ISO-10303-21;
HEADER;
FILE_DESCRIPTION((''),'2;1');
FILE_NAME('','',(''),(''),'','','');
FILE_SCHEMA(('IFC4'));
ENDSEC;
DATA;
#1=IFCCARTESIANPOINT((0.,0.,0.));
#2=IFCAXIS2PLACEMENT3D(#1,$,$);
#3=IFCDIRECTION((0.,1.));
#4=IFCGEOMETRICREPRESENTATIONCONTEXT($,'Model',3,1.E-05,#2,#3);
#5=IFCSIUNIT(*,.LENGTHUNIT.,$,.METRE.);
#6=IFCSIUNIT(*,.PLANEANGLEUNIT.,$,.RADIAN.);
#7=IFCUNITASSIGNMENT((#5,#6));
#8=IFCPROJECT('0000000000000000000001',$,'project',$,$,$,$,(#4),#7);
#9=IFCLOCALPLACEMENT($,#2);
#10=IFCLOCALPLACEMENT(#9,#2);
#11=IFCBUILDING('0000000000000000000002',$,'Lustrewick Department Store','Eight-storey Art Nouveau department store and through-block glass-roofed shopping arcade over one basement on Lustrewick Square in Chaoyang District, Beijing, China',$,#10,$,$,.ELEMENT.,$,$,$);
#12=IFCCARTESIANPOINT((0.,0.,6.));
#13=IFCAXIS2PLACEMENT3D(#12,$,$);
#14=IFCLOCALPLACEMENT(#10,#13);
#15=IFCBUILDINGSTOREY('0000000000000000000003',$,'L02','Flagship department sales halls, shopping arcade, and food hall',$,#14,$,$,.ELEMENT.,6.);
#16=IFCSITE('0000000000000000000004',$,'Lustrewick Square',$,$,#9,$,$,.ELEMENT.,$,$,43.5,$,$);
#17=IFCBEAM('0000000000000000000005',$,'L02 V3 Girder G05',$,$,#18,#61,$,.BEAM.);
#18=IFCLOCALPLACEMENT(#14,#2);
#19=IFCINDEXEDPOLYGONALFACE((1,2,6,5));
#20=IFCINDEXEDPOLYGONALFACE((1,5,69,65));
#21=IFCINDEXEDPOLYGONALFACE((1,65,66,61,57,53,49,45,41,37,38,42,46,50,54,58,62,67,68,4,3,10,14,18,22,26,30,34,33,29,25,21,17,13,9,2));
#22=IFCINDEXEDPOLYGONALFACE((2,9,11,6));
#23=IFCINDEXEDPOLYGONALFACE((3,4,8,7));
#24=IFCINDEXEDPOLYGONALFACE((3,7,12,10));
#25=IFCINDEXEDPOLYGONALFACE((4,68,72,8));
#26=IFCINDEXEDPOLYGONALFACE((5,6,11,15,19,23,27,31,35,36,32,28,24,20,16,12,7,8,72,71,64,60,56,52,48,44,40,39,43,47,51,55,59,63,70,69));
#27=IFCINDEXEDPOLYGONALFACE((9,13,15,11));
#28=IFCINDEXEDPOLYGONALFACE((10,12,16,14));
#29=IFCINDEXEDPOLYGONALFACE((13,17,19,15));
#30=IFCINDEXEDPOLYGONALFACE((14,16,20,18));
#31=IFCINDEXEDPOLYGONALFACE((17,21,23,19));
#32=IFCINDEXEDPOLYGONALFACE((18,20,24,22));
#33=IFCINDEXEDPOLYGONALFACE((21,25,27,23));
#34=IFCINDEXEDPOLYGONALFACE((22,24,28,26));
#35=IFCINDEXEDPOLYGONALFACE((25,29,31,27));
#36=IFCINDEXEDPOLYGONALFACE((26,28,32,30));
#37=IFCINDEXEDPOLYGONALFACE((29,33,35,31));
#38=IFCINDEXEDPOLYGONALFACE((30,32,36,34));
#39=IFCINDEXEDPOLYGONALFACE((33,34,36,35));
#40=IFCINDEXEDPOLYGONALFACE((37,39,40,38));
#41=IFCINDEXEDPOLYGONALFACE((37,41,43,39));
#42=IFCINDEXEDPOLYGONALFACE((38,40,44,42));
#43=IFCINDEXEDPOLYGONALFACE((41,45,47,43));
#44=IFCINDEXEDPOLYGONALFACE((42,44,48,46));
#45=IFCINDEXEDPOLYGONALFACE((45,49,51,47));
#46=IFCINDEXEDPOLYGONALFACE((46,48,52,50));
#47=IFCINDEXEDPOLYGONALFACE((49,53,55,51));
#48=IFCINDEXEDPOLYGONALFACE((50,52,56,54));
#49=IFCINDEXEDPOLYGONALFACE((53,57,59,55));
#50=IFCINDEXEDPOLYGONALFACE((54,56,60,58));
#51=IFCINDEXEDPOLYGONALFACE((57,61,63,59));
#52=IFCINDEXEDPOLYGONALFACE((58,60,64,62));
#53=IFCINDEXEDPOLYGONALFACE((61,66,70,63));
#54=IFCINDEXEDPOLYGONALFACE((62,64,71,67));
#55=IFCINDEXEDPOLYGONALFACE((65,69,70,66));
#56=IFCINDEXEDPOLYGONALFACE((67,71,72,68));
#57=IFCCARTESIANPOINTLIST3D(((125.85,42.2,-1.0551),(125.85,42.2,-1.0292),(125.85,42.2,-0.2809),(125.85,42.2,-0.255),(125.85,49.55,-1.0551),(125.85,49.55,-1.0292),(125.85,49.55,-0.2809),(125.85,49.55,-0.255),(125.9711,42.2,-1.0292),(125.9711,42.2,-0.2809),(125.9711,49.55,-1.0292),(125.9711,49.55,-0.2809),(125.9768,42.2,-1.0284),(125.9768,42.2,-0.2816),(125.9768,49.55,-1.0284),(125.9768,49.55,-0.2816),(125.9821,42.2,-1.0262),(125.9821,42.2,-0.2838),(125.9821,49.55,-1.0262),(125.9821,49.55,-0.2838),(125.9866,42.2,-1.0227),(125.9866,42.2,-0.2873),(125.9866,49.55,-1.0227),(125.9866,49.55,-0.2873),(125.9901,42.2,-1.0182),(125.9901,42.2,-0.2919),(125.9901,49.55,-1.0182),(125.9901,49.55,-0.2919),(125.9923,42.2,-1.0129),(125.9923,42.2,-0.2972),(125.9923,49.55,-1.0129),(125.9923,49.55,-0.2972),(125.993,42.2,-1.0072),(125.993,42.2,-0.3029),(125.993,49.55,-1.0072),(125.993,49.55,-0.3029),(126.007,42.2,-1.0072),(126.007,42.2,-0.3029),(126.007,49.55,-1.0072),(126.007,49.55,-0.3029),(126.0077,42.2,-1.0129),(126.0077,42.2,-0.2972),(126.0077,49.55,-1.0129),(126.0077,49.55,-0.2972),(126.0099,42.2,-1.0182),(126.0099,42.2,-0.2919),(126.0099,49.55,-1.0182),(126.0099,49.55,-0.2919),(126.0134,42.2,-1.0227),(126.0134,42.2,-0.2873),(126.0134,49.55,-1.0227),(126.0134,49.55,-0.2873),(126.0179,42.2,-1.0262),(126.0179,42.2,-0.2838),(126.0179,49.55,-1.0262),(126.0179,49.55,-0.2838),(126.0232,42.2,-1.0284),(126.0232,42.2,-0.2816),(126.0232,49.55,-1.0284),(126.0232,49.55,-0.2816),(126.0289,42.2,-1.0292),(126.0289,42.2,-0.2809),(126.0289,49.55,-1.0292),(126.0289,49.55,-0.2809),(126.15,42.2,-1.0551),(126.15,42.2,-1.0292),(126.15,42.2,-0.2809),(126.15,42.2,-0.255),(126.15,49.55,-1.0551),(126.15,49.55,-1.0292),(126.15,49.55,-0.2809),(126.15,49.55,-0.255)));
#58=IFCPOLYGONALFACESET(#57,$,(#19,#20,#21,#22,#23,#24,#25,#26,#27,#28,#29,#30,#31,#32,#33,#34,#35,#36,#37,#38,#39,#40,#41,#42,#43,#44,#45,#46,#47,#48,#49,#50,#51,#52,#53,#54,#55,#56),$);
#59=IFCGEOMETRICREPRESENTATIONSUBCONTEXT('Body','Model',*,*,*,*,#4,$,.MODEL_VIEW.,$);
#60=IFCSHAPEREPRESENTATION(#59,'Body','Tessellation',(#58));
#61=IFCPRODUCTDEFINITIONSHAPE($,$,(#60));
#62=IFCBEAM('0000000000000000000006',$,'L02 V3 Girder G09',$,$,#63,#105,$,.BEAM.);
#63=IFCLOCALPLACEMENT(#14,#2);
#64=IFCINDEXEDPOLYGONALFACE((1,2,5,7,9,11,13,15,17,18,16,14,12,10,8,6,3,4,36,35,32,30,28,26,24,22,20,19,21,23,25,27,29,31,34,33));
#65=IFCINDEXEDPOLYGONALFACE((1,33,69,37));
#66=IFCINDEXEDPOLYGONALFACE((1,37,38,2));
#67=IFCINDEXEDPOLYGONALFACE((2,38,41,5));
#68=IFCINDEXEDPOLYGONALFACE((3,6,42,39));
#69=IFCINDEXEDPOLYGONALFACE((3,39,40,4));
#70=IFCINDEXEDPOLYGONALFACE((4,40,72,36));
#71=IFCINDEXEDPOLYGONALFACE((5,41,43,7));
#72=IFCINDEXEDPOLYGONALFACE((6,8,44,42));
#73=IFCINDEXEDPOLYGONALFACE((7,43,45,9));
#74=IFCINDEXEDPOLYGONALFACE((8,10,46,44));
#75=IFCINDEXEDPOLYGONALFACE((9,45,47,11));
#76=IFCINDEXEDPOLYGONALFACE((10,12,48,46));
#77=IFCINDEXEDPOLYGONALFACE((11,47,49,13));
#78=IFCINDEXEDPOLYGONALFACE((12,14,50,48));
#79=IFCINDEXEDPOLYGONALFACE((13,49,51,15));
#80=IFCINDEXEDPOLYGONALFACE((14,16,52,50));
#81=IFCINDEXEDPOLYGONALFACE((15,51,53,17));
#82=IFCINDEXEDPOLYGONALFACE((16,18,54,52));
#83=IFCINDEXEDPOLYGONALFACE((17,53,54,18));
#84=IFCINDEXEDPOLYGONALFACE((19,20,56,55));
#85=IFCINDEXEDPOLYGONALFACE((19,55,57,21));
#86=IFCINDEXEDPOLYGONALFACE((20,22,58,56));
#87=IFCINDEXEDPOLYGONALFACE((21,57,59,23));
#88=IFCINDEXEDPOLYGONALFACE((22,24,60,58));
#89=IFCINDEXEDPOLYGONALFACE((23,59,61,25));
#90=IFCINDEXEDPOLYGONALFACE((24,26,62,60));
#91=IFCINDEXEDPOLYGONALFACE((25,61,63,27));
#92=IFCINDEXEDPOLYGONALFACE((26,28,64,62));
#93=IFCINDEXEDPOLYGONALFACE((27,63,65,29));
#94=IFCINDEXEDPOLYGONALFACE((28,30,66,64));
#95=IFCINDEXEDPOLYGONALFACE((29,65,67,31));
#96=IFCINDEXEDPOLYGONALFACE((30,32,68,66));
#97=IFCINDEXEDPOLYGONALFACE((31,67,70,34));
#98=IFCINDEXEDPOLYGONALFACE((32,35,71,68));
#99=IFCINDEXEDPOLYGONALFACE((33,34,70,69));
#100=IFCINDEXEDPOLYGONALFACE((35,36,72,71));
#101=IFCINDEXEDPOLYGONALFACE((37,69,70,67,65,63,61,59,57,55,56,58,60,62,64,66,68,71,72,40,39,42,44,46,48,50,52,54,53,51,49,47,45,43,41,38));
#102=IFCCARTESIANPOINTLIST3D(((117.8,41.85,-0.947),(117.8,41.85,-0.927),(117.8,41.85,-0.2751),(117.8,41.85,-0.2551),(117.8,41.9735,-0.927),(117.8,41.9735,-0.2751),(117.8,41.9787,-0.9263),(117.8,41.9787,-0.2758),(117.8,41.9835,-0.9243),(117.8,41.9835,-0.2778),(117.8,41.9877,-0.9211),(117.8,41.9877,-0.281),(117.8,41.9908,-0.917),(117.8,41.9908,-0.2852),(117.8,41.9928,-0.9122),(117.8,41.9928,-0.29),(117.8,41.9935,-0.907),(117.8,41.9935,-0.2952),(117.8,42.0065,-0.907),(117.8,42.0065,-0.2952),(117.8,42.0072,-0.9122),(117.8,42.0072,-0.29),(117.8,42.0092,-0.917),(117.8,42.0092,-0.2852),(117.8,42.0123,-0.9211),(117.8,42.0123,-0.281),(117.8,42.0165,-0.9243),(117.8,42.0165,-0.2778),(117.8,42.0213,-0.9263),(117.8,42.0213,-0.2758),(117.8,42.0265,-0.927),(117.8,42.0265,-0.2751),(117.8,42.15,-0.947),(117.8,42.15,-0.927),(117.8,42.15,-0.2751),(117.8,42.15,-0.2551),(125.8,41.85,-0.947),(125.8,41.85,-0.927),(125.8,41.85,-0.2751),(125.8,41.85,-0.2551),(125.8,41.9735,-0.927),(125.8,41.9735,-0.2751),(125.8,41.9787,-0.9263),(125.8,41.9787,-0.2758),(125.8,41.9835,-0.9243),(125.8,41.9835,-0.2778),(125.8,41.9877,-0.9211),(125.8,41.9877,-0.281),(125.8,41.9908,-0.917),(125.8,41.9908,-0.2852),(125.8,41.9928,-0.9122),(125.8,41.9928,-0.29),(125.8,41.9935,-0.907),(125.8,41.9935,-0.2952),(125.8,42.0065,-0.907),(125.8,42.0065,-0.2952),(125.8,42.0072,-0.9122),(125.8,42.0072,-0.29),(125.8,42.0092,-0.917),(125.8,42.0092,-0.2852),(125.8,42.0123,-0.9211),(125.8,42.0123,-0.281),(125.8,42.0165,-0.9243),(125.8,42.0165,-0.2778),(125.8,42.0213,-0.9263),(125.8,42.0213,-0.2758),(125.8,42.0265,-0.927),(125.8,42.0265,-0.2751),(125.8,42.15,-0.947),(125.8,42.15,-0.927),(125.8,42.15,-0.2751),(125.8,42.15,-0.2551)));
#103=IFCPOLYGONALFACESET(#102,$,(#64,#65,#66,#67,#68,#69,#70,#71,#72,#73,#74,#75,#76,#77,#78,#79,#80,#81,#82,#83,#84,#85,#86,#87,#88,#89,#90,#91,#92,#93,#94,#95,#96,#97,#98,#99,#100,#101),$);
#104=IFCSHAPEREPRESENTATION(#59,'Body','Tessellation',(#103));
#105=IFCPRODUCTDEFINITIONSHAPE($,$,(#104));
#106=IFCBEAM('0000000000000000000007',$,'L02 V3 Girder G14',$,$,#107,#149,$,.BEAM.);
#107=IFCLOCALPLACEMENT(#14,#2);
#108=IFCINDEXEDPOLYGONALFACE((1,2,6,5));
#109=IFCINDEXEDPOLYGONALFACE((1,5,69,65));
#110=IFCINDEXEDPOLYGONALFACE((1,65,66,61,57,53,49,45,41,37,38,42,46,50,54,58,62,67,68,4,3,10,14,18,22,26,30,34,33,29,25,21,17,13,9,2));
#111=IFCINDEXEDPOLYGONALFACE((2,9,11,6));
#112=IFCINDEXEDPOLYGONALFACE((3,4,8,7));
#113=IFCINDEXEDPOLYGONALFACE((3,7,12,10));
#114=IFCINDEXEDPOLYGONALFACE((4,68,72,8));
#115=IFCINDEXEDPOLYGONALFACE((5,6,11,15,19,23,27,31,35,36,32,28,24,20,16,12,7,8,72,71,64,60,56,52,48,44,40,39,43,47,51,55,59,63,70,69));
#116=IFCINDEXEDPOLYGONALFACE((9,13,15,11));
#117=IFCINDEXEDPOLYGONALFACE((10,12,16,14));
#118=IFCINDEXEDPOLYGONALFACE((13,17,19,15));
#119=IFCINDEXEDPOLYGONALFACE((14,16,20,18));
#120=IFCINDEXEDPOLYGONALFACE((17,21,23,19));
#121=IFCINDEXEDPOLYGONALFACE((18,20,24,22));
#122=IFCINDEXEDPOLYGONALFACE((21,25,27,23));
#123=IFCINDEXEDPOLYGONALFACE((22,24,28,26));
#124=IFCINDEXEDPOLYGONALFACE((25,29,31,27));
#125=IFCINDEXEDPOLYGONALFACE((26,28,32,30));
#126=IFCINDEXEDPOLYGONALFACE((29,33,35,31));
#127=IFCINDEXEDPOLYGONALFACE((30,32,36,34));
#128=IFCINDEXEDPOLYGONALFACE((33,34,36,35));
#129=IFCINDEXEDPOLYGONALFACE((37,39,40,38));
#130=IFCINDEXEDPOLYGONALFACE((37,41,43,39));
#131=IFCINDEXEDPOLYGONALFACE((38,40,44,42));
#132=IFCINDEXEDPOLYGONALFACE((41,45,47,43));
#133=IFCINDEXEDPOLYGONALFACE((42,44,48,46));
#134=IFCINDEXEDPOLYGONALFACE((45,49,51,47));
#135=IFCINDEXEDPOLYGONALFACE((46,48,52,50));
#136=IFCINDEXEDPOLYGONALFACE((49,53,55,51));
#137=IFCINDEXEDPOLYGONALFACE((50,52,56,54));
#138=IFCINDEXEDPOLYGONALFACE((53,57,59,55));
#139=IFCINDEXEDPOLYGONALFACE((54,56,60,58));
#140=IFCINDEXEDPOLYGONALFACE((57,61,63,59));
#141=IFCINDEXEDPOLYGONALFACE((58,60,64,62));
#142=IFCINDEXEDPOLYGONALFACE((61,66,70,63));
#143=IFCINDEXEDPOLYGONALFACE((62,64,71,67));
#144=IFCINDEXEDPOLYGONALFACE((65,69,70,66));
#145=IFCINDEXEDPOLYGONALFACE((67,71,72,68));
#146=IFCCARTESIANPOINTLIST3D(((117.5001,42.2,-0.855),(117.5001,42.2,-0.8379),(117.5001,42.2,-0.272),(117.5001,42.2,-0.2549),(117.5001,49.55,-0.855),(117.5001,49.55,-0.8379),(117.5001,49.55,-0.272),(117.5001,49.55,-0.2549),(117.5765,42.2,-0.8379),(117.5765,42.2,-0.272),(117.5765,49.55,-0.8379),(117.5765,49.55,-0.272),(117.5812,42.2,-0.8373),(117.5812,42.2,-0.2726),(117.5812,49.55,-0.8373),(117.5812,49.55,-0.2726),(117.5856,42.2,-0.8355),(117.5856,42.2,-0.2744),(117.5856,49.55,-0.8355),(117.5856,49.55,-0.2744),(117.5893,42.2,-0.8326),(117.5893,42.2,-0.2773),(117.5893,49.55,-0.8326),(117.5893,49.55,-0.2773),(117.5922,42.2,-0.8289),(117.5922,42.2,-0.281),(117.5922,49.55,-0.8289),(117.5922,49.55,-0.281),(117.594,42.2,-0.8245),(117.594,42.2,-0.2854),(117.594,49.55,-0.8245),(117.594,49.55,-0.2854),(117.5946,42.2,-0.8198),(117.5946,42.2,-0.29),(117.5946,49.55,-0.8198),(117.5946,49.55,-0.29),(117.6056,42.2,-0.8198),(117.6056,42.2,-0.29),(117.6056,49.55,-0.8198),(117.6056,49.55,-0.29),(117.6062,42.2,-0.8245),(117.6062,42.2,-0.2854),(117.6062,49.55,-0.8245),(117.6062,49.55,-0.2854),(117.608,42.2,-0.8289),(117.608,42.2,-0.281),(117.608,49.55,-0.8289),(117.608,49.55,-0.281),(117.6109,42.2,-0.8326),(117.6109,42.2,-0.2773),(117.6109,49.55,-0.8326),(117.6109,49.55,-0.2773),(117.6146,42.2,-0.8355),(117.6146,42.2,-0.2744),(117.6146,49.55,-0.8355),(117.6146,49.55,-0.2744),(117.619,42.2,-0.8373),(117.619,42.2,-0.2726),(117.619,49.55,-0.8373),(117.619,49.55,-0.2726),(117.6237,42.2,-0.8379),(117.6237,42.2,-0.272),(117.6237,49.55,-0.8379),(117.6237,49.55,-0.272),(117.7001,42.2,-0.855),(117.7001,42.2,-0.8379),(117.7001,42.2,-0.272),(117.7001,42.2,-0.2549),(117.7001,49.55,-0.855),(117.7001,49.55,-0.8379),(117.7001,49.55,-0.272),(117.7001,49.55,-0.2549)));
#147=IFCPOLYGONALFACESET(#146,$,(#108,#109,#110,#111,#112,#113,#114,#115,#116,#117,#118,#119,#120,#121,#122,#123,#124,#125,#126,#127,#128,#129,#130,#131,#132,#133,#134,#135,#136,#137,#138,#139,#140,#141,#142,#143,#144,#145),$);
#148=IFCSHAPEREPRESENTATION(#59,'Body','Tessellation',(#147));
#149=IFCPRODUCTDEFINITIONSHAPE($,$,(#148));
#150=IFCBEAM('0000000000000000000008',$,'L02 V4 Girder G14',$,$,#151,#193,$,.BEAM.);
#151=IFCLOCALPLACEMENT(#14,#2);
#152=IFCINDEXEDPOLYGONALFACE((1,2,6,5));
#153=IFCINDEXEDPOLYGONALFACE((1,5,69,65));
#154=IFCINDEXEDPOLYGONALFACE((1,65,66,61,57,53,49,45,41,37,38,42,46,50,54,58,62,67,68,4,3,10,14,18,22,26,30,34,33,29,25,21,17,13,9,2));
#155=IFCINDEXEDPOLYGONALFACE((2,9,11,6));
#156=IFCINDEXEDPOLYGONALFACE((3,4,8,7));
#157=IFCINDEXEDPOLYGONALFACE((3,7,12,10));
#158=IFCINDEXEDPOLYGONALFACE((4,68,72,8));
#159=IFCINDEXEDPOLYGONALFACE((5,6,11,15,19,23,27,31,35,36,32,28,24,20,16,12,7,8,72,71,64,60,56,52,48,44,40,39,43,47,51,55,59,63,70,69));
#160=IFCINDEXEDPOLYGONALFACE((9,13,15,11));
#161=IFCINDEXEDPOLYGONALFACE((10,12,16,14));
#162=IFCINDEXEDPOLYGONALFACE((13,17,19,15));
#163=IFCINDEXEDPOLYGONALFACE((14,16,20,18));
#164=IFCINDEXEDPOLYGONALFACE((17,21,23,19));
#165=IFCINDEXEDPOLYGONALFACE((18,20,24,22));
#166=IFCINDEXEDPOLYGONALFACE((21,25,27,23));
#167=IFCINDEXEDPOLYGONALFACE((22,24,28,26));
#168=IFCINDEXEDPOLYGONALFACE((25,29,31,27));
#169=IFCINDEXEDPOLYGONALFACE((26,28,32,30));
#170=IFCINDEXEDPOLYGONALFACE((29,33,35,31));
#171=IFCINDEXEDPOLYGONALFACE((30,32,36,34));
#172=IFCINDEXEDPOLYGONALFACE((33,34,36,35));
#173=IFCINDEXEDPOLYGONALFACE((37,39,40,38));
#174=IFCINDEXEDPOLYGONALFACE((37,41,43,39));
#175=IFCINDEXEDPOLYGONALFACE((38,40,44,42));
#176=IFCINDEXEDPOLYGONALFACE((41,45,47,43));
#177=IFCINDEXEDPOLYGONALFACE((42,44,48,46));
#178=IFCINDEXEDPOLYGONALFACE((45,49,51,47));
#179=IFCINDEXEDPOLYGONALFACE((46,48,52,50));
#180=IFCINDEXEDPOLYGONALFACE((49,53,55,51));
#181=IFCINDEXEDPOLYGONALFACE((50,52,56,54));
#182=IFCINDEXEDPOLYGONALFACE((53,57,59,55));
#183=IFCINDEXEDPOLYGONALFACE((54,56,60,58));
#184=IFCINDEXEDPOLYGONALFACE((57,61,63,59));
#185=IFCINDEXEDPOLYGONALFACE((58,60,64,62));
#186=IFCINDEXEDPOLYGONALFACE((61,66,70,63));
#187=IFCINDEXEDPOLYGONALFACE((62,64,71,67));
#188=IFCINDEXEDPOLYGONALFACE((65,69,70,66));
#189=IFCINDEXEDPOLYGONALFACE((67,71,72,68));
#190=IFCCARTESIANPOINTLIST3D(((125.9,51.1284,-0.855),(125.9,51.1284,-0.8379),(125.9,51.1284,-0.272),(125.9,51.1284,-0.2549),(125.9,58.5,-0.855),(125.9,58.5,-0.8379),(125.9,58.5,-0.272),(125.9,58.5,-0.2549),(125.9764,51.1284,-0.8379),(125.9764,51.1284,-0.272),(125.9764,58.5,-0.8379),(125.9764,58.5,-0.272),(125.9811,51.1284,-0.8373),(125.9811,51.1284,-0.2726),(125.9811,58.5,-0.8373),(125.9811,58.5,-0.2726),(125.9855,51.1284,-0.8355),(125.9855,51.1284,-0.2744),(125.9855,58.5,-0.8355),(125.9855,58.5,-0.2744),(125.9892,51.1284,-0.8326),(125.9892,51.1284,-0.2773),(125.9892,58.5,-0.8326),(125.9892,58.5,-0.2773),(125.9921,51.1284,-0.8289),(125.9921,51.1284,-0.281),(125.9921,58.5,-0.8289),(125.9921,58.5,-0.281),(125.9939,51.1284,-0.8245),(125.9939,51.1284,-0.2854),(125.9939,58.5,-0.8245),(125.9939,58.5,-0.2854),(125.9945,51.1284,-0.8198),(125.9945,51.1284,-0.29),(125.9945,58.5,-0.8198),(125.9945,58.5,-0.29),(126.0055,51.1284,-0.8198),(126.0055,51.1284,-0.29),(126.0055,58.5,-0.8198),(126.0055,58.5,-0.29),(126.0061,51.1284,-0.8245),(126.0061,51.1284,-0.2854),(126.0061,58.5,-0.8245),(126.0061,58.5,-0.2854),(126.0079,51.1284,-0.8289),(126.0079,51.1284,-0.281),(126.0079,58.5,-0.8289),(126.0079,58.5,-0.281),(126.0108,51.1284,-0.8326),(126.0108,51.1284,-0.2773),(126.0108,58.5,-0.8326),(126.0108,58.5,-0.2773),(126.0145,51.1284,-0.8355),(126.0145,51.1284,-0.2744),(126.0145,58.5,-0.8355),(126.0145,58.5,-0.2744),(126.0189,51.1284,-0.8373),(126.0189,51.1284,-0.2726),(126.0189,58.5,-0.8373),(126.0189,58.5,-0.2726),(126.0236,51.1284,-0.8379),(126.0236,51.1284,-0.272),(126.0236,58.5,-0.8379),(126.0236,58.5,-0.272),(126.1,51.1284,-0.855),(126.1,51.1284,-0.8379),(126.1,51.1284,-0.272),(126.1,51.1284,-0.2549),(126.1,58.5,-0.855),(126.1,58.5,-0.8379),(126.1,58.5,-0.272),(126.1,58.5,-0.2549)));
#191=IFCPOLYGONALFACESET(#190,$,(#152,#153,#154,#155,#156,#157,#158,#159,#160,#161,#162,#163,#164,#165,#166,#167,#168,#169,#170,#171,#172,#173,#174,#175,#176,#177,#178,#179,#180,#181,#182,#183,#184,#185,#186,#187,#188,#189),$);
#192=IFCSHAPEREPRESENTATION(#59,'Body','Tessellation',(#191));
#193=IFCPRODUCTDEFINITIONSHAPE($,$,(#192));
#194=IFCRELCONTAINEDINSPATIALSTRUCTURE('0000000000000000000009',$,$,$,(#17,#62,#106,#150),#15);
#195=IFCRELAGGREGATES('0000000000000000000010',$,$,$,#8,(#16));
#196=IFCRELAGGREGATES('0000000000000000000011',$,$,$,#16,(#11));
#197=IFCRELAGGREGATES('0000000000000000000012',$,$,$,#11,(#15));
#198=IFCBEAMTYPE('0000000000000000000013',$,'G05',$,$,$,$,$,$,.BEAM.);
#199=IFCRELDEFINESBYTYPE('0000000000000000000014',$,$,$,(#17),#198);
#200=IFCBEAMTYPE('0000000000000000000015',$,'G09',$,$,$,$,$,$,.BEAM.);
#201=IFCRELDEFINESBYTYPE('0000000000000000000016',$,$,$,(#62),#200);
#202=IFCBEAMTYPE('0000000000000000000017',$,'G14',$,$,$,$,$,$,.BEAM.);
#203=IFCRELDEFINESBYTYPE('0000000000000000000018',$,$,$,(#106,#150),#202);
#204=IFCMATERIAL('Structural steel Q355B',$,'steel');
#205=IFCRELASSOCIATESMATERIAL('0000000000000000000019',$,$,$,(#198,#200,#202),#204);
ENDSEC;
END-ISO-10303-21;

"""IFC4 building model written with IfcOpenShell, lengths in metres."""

from ifc_helpers import new_model, si_unit, direction, frame, origin, origin_2d, place, context, subcontext, project, spatial, i_section, extrude, material, material_profile, profile_set, type_object, element, save


model = new_model("IFC4")

# Units and contexts
model_context = context("Model", 3, precision=1e-05, world=origin(), true_north=direction((0.0, 1.0)))
body_context = subcontext(model_context, "Body", "Model", "MODEL_VIEW")
ifc_project = project(units=[si_unit("LENGTHUNIT", "METRE"), si_unit("PLANEANGLEUNIT", "RADIAN")], contexts=[model_context])

# Site, building, storey
site_placement = place(None, origin())
site = spatial("IfcSite", under=ifc_project, at=site_placement, Name="Lustrewick Square", CompositionType="ELEMENT", RefElevation=43.5)
building_placement = place(site_placement, origin())
building = spatial("IfcBuilding", under=site, at=building_placement, Name="Lustrewick Department Store", Description="Eight-storey Art Nouveau department store and through-block glass-roofed shopping arcade over one basement on Lustrewick Square in Chaoyang District, Beijing, China", CompositionType="ELEMENT")
storey_placement = place(building_placement, frame((0.0, 0.0, 6.0)))
storey = spatial("IfcBuildingStorey", under=building, at=storey_placement, Name="L02", Description="Flagship department sales halls, shopping arcade, and food hall", CompositionType="ELEMENT", Elevation=6.0)

# Shared definitions
ifc_material_1 = material(Name="Structural steel Q355B", Category="steel")

# Beams
ifc_material_profile_1 = material_profile(ifc_material_1, i_section(OverallWidth=0.3, OverallDepth=0.8, WebThickness=0.0139, FlangeThickness=0.0259, FilletRadius=0.022, at=origin_2d()), Name="HN 800x300x14x26")
ifc_profile_set_1 = profile_set([ifc_material_profile_1], Name="Structural steel Q355B")
beam_type_1 = type_object("IfcBeamType", Name="G05", PredefinedType="BEAM", material=ifc_profile_set_1)
beam_1_placement = place(storey_placement, frame((126.0, 42.2, -0.655), z_axis=(0.0, 1.0, 0.0), x_axis=(-1.0, 0.0, 0.0)))
element("IfcBeam", 1, at=beam_1_placement, inside=storey, type_object=beam_type_1, Name="L02 V3 Girder G05", PredefinedType="BEAM", context=body_context, shape_type="SweptSolid", body=[
    extrude(i_section(OverallWidth=0.3, OverallDepth=0.8, WebThickness=0.0139, FlangeThickness=0.0259, FilletRadius=0.022, at=origin_2d()), origin(), (0.0, 0.0, 1.0), 7.3501),
])
ifc_material_profile_2 = material_profile(ifc_material_1, i_section(OverallWidth=0.3, OverallDepth=0.6919, WebThickness=0.0129, FlangeThickness=0.02, FilletRadius=0.02, at=origin_2d()), Name="HN 692x300x13x20")
ifc_profile_set_2 = profile_set([ifc_material_profile_2], Name="Structural steel Q355B")
beam_type_2 = type_object("IfcBeamType", Name="G09", PredefinedType="BEAM", material=ifc_profile_set_2)
beam_2_placement = place(storey_placement, frame((117.8, 42.0, -0.6011), z_axis=(1.0, 0.0, 0.0), x_axis=(0.0, 1.0, 0.0)))
element("IfcBeam", 2, at=beam_2_placement, inside=storey, type_object=beam_type_2, Name="L02 V3 Girder G09", PredefinedType="BEAM", context=body_context, shape_type="SweptSolid", body=[
    extrude(i_section(OverallWidth=0.3, OverallDepth=0.6919, WebThickness=0.0129, FlangeThickness=0.02, FilletRadius=0.02, at=origin_2d()), origin(), (0.0, 0.0, 1.0), 8.0),
])
ifc_material_profile_3 = material_profile(ifc_material_1, i_section(OverallWidth=0.2, OverallDepth=0.6001, WebThickness=0.011, FlangeThickness=0.0171, FilletRadius=0.0181, at=origin_2d()), Name="HN 600x200x11x17")
ifc_profile_set_3 = profile_set([ifc_material_profile_3], Name="Structural steel Q355B")
beam_type_3 = type_object("IfcBeamType", Name="G14", PredefinedType="BEAM", material=ifc_profile_set_3)
beam_3_placement = place(storey_placement, frame((117.6001, 42.2, -0.5549), z_axis=(0.0, 1.0, 0.0), x_axis=(-1.0, 0.0, 0.0)))
element("IfcBeam", 3, at=beam_3_placement, inside=storey, type_object=beam_type_3, Name="L02 V3 Girder G14", PredefinedType="BEAM", context=body_context, shape_type="SweptSolid", body=[
    extrude(i_section(OverallWidth=0.2, OverallDepth=0.6001, WebThickness=0.011, FlangeThickness=0.0171, FilletRadius=0.0181, at=origin_2d()), origin(), (0.0, 0.0, 1.0), 7.3501),
])
beam_4_placement = place(storey_placement, frame((126.0, 51.1284, -0.5549), z_axis=(0.0, 1.0, 0.0), x_axis=(-1.0, 0.0, 0.0)))
element("IfcBeam", 4, at=beam_4_placement, inside=storey, type_object=beam_type_3, Name="L02 V4 Girder G14", PredefinedType="BEAM", context=body_context, shape_type="SweptSolid", body=[
    extrude(i_section(OverallWidth=0.2, OverallDepth=0.6001, WebThickness=0.011, FlangeThickness=0.0171, FilletRadius=0.0181, at=origin_2d()), origin(), (0.0, 0.0, 1.0), 7.3716),
])

save(model, "model.ifc")
